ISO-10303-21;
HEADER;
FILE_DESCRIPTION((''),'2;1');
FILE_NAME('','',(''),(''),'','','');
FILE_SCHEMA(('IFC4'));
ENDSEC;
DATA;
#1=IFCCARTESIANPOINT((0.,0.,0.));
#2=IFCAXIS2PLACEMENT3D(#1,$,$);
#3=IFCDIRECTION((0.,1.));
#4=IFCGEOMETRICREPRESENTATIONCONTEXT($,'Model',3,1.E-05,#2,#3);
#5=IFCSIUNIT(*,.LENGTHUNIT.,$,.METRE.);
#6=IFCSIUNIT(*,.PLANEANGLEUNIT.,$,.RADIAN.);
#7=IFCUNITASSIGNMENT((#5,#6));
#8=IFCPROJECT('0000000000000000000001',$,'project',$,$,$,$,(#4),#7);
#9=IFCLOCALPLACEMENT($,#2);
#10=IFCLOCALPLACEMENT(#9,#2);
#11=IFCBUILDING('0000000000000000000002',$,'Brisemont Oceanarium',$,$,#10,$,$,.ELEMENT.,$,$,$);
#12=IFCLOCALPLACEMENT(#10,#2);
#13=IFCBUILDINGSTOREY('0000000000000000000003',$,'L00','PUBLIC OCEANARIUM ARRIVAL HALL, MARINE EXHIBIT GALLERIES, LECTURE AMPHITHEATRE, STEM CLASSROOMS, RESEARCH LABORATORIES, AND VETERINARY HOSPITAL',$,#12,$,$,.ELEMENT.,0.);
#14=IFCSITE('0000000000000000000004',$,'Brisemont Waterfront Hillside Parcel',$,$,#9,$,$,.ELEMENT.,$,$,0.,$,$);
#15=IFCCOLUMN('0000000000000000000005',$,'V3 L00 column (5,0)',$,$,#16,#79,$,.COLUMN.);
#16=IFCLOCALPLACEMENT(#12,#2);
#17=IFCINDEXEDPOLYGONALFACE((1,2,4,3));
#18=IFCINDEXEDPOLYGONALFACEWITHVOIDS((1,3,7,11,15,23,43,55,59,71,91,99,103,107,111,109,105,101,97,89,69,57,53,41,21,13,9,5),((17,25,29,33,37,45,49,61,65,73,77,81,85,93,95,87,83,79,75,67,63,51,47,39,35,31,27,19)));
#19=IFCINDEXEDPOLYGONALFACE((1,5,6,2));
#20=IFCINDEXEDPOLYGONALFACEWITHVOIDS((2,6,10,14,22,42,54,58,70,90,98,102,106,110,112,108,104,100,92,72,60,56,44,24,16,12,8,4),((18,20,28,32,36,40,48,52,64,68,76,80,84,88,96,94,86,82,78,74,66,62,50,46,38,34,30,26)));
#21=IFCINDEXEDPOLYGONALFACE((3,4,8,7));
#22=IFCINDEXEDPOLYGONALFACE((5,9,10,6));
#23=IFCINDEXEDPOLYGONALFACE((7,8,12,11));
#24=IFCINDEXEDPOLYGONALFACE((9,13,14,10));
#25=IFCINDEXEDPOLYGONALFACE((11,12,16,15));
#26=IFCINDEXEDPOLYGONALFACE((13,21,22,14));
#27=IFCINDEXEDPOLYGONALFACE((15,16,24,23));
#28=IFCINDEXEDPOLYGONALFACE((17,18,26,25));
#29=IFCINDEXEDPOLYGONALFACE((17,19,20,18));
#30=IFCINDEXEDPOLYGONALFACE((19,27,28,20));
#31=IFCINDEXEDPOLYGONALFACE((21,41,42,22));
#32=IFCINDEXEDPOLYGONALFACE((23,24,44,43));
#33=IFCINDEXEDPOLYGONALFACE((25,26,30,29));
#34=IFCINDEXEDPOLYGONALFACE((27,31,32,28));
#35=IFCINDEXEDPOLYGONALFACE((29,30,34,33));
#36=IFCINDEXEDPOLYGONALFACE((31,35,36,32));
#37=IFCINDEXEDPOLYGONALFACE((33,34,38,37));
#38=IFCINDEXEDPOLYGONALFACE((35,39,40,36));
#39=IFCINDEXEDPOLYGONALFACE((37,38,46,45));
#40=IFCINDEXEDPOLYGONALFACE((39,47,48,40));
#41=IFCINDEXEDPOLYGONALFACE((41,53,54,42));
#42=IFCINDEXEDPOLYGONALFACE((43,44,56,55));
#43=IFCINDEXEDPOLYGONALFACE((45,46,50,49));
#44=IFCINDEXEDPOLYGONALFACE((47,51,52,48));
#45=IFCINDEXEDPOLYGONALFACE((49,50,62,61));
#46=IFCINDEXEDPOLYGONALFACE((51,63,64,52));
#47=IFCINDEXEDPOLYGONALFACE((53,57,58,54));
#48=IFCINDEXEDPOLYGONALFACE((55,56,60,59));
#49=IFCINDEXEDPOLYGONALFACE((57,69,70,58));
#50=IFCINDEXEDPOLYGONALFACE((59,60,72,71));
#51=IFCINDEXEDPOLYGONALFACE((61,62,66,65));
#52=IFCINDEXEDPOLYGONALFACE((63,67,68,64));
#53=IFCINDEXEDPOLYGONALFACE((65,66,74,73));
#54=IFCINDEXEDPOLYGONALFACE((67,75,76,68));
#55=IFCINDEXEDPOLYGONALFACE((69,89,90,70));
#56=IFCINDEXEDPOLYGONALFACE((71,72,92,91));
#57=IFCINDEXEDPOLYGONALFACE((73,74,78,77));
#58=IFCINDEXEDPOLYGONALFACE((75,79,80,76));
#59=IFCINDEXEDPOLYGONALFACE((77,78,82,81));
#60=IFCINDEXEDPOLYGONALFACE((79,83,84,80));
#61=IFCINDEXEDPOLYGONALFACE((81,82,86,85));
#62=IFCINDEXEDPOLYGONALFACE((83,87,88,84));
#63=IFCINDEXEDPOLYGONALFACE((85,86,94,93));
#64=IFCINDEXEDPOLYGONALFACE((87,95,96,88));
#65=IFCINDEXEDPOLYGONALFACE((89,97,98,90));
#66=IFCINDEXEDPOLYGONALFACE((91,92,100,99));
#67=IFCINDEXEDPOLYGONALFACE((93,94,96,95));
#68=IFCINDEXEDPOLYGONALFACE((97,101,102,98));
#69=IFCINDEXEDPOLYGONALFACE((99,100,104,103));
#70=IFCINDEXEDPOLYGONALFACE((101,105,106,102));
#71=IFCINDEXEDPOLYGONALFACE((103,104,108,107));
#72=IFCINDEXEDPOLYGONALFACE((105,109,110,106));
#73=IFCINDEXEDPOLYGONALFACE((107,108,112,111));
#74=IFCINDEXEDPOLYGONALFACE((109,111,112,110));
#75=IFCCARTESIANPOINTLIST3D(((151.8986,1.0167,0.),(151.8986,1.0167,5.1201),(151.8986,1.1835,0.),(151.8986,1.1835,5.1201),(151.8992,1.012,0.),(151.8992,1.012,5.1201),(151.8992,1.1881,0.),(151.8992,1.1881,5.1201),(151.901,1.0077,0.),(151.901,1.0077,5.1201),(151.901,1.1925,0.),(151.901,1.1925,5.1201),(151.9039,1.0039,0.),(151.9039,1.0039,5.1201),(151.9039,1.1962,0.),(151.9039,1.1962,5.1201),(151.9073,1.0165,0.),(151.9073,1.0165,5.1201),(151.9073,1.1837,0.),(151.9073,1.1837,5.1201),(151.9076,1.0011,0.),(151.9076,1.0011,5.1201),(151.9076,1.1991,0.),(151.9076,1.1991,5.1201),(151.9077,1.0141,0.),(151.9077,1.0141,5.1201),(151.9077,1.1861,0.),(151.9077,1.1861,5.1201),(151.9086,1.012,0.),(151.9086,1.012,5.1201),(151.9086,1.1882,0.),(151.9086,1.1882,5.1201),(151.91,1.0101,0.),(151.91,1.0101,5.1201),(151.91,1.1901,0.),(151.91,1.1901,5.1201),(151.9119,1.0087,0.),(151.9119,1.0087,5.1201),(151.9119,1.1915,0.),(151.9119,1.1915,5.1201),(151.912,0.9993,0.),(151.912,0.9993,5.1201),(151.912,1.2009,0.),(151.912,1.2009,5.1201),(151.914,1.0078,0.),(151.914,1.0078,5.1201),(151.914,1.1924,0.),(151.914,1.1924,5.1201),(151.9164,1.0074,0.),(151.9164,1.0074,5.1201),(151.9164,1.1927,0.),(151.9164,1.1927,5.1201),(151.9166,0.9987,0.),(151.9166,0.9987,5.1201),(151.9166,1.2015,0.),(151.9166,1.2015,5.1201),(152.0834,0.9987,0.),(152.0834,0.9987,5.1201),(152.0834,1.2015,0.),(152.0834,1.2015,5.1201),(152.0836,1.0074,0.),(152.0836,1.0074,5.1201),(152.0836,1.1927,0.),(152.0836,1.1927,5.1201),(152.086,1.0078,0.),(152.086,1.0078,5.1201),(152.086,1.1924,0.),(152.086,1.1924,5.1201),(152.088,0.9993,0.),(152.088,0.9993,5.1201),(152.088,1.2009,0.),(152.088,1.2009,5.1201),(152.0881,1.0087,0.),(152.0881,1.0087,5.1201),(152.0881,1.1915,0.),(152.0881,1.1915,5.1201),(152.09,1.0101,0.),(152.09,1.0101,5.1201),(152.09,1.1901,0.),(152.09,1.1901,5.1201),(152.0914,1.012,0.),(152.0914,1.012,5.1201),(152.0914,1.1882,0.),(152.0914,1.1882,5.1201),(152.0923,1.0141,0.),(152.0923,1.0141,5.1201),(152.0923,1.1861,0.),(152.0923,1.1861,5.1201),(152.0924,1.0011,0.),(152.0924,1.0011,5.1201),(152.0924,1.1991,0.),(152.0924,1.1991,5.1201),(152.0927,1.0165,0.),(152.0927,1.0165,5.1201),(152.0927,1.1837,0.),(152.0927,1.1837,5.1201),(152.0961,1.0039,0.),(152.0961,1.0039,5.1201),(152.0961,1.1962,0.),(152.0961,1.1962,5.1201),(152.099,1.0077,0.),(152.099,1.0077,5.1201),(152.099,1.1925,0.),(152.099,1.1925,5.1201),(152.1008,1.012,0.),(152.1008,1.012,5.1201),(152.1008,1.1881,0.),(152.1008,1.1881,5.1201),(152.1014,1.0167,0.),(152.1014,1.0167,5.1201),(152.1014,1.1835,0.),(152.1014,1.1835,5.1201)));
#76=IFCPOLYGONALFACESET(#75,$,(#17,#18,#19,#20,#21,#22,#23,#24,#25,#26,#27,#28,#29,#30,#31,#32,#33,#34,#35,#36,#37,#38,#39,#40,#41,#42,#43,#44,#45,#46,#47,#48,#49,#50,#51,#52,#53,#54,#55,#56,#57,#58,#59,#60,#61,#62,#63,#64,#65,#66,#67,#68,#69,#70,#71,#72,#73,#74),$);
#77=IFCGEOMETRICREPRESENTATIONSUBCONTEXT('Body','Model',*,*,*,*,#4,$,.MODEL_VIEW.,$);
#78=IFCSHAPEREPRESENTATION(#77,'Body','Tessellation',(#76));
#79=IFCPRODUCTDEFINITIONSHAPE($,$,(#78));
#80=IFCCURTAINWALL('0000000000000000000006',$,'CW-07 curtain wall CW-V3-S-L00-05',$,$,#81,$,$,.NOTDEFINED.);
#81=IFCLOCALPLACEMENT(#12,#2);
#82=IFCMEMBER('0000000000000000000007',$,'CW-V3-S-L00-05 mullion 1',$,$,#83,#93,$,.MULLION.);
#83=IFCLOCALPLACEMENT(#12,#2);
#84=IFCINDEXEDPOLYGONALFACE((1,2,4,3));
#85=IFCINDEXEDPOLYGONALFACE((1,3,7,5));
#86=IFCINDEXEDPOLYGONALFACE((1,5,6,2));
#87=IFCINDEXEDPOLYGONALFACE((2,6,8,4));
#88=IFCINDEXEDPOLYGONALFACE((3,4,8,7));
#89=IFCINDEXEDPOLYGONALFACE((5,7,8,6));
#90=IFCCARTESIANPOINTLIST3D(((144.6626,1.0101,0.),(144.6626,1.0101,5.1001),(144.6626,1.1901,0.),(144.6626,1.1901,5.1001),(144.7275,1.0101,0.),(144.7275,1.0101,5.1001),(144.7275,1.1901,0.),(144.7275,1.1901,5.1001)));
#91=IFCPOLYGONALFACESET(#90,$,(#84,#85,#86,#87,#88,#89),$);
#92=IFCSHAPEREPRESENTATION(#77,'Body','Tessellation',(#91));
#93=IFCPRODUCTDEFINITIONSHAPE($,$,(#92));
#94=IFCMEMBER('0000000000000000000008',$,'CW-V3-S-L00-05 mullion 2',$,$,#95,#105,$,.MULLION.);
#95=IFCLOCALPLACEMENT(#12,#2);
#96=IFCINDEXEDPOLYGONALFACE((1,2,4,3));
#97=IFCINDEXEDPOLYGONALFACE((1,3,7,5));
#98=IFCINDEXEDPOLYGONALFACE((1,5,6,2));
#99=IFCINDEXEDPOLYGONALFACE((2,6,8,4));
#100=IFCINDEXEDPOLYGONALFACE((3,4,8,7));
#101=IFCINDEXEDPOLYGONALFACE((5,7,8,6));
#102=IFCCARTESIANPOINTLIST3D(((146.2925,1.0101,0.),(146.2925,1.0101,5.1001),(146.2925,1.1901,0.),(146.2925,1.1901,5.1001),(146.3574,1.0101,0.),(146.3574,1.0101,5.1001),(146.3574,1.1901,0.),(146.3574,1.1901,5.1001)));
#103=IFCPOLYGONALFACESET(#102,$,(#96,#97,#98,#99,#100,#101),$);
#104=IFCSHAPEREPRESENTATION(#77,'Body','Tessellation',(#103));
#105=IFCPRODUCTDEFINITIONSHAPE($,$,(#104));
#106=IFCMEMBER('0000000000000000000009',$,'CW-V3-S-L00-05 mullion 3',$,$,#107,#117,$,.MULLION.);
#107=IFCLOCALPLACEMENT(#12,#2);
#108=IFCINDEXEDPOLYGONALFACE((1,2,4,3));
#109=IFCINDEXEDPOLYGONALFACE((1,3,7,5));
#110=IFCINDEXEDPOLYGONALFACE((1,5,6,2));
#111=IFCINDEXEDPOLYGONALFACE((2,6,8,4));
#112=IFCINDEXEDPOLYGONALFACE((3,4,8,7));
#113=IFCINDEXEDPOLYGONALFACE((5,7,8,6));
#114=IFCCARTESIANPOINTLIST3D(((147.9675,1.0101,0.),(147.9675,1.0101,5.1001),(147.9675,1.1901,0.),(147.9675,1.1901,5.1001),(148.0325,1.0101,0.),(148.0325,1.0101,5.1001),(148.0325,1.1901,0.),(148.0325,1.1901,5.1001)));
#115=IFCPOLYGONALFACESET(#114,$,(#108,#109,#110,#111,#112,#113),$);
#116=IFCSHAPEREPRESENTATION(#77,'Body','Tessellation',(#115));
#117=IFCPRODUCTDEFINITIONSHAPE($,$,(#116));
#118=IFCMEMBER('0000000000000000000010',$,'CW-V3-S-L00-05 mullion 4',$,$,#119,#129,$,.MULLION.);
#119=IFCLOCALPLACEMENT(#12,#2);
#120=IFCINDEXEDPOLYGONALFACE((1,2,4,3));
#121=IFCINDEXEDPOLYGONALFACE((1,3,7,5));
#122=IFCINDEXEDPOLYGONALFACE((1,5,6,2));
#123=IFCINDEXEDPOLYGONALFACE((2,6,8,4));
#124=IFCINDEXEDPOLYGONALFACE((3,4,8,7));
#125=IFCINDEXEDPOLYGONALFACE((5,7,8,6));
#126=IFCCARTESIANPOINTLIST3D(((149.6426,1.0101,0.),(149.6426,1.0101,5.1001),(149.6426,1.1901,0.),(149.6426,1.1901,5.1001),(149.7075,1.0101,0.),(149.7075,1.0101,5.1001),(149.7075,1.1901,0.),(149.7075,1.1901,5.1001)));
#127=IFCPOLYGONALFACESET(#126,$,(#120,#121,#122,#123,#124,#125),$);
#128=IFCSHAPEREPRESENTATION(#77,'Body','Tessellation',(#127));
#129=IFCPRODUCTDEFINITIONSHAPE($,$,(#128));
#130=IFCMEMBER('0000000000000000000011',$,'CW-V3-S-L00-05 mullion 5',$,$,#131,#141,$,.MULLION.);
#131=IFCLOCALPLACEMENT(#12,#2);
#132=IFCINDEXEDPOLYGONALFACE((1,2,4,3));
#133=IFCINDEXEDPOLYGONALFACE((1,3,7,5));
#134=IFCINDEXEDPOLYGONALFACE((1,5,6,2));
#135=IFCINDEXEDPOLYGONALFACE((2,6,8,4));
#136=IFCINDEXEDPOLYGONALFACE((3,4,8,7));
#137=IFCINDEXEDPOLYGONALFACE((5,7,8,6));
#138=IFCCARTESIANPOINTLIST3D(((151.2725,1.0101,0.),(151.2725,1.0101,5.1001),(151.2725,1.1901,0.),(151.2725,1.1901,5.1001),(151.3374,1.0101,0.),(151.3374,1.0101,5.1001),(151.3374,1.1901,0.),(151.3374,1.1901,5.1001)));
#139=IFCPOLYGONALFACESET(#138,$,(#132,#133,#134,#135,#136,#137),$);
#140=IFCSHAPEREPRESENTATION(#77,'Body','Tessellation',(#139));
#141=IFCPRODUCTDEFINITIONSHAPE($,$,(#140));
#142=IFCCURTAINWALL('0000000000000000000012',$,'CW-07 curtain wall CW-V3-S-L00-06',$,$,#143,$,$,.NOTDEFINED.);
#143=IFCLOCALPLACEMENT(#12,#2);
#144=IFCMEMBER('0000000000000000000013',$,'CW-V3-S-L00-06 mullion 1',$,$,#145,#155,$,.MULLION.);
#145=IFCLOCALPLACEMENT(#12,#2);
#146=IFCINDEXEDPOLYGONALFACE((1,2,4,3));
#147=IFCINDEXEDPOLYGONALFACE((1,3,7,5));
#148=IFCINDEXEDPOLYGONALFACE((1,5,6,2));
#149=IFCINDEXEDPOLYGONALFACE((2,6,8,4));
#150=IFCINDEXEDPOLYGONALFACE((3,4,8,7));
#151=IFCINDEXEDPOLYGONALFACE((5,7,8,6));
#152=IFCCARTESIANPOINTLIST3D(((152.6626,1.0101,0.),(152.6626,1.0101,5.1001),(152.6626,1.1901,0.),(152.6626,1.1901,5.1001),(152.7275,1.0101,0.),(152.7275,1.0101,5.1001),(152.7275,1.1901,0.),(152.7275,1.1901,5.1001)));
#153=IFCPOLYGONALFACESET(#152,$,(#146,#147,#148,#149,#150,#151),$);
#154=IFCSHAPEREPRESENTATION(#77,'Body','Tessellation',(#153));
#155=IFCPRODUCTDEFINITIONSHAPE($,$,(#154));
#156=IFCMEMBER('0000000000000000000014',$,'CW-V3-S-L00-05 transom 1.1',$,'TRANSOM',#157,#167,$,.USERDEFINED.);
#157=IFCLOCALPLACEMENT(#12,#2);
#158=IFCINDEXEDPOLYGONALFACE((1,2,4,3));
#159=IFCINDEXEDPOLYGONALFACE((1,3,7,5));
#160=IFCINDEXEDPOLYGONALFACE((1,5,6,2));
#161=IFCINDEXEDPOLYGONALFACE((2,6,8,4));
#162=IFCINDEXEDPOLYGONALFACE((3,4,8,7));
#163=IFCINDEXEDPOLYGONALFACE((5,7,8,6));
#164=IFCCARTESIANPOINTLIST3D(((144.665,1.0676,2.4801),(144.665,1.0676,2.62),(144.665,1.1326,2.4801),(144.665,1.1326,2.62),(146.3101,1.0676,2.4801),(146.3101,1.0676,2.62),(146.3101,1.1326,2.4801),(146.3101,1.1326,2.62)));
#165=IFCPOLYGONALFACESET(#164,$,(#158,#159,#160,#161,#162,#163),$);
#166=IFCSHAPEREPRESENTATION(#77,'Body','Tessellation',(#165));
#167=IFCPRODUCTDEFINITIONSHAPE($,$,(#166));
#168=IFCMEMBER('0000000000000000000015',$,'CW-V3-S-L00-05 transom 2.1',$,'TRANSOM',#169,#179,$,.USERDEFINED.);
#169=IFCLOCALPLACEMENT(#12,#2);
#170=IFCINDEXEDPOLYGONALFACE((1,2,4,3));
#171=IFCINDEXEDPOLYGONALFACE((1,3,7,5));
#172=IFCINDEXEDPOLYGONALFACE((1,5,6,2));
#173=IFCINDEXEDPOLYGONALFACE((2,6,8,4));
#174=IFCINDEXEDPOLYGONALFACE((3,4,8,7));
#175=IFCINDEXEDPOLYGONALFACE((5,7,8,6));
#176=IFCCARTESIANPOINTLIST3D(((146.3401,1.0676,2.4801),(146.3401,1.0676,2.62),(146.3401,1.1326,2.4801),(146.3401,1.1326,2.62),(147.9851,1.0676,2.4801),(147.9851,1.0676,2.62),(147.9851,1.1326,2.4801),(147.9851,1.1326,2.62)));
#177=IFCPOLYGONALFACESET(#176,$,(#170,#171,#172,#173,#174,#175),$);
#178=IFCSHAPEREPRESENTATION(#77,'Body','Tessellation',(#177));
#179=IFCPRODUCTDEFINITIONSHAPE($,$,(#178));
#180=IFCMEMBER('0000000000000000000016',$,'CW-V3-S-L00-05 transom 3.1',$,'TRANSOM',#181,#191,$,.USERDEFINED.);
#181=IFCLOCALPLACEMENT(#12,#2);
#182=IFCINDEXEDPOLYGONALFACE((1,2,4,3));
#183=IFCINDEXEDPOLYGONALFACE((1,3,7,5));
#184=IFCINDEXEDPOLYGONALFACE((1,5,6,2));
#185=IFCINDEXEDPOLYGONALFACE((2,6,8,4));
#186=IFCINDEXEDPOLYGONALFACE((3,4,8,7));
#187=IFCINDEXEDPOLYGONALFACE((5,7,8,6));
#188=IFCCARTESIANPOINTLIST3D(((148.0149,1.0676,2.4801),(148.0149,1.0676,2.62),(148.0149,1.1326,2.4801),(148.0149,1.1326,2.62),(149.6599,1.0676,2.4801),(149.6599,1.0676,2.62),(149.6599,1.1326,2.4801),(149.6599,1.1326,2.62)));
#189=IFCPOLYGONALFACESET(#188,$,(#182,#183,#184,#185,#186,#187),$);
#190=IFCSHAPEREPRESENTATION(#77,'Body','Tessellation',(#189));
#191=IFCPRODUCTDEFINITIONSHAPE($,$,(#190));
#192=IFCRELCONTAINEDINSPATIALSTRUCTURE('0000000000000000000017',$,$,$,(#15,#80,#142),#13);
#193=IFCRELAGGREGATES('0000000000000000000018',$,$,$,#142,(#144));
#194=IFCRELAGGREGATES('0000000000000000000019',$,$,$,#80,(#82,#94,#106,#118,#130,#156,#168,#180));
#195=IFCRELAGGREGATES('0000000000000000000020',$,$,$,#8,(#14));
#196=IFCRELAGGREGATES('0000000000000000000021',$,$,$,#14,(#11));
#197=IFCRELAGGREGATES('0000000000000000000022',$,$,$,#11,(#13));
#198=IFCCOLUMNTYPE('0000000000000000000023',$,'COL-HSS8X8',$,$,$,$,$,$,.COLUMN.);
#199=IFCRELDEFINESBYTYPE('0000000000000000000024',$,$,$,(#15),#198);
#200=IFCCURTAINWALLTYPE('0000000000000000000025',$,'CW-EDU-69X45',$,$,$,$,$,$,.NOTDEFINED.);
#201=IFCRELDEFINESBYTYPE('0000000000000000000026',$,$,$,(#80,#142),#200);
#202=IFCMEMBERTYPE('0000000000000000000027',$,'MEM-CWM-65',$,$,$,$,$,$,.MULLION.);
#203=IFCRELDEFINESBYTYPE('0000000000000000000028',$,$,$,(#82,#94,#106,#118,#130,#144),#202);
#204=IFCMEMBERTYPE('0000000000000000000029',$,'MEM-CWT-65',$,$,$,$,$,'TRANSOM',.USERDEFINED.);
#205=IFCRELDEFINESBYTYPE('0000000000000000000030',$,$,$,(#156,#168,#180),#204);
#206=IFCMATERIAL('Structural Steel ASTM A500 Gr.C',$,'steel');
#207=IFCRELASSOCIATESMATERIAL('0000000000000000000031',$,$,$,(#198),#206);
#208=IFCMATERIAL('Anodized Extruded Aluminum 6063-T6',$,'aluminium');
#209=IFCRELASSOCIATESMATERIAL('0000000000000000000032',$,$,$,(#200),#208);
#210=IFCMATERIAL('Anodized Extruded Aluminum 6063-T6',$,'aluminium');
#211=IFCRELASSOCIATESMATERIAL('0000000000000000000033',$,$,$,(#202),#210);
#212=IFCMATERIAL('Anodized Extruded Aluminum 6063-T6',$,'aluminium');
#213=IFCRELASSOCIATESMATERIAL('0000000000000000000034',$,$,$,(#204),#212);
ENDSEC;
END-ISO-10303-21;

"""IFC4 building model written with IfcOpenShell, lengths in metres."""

from ifc_helpers import new_model, si_unit, direction, frame, origin, origin_2d, place, context, subcontext, project, spatial, rectangle, hollow_rectangle, extrude, material, material_profile, profile_set, type_object, element, aggregate, save


model = new_model("IFC4")

# Units and contexts
model_context = context("Model", 3, precision=1e-05, world=origin(), true_north=direction((0.0, 1.0)))
body_context = subcontext(model_context, "Body", "Model", "MODEL_VIEW")
ifc_project = project(units=[si_unit("LENGTHUNIT", "METRE"), si_unit("PLANEANGLEUNIT", "RADIAN")], contexts=[model_context])

# Site, building, storey
site_placement = place(None, origin())
site = spatial("IfcSite", under=ifc_project, at=site_placement, Name="Brisemont Waterfront Hillside Parcel", CompositionType="ELEMENT", RefElevation=0.0)
building_placement = place(site_placement, origin())
building = spatial("IfcBuilding", under=site, at=building_placement, Name="Brisemont Oceanarium", CompositionType="ELEMENT")
storey_placement = place(building_placement, origin())
storey = spatial("IfcBuildingStorey", under=building, at=storey_placement, Name="L00", Description="PUBLIC OCEANARIUM ARRIVAL HALL, MARINE EXHIBIT GALLERIES, LECTURE AMPHITHEATRE, STEM CLASSROOMS, RESEARCH LABORATORIES, AND VETERINARY HOSPITAL", CompositionType="ELEMENT", Elevation=0.0)

# Column
ifc_material_1 = material(Name="Structural Steel ASTM A500 Gr.C", Category="steel")
ifc_material_profile_1 = material_profile(ifc_material_1, hollow_rectangle(XDim=0.2029, YDim=0.2029, WallThickness=0.0088, InnerFilletRadius=0.009, OuterFilletRadius=0.0181, at=origin_2d()), Name="HSS8X8X3/8")
ifc_profile_set_1 = profile_set([ifc_material_profile_1], Name="Structural Steel ASTM A500 Gr.C")
column_type_1 = type_object("IfcColumnType", Name="COL-HSS8X8", PredefinedType="COLUMN", material=ifc_profile_set_1)
column_1_placement = place(storey_placement, frame((152.0, 1.1001, 0.0), z_axis=(0.0, 0.0, 1.0), x_axis=(0.0, 1.0, 0.0)))
element("IfcColumn", 1, at=column_1_placement, inside=storey, type_object=column_type_1, Name="V3 L00 column (5,0)", PredefinedType="COLUMN", context=body_context, shape_type="SweptSolid", body=[
    extrude(hollow_rectangle(XDim=0.2029, YDim=0.2029, WallThickness=0.0088, InnerFilletRadius=0.009, OuterFilletRadius=0.0181, at=origin_2d()), origin(), (0.0, 0.0, 1.0), 5.1201),
])

# Curtain wall, members
ifc_material_2 = material(Name="Anodized Extruded Aluminum 6063-T6", Category="aluminium")
curtain_wall_type = type_object("IfcCurtainWallType", Name="CW-EDU-69X45", PredefinedType="NOTDEFINED", material=ifc_material_2)
curtain_wall_1_placement = place(storey_placement, origin())
curtain_wall_1 = element("IfcCurtainWall", 2, at=curtain_wall_1_placement, inside=storey, type_object=curtain_wall_type, Name="CW-07 curtain wall CW-V3-S-L00-05", PredefinedType="NOTDEFINED")
ifc_material_3 = material(Name="Anodized Extruded Aluminum 6063-T6", Category="aluminium")
ifc_material_profile_2 = material_profile(ifc_material_3, rectangle(XDim=0.0649, YDim=0.1799, at=origin_2d()), Name="CWM-65X180")
ifc_profile_set_2 = profile_set([ifc_material_profile_2], Name="Anodized Extruded Aluminum 6063-T6")
member_type_1 = type_object("IfcMemberType", Name="MEM-CWM-65", PredefinedType="MULLION", material=ifc_profile_set_2)
member_1_placement = place(storey_placement, frame((144.6951, 1.1001, 0.0), z_axis=(0.0, 0.0, 1.0), x_axis=(1.0, 0.0, 0.0)))
member_1 = element("IfcMember", 3, at=member_1_placement, type_object=member_type_1, Name="CW-V3-S-L00-05 mullion 1", PredefinedType="MULLION", context=body_context, shape_type="SweptSolid", body=[
    extrude(rectangle(XDim=0.0649, YDim=0.1799, at=origin_2d()), origin(), (0.0, 0.0, 1.0), 5.1001),
])
member_2_placement = place(storey_placement, frame((146.325, 1.1001, 0.0), z_axis=(0.0, 0.0, 1.0), x_axis=(1.0, 0.0, 0.0)))
member_2 = element("IfcMember", 4, at=member_2_placement, type_object=member_type_1, Name="CW-V3-S-L00-05 mullion 2", PredefinedType="MULLION", context=body_context, shape_type="SweptSolid", body=[
    extrude(rectangle(XDim=0.0649, YDim=0.1799, at=origin_2d()), origin(), (0.0, 0.0, 1.0), 5.1001),
])
member_3_placement = place(storey_placement, frame((148.0, 1.1001, 0.0), z_axis=(0.0, 0.0, 1.0), x_axis=(1.0, 0.0, 0.0)))
member_3 = element("IfcMember", 5, at=member_3_placement, type_object=member_type_1, Name="CW-V3-S-L00-05 mullion 3", PredefinedType="MULLION", context=body_context, shape_type="SweptSolid", body=[
    extrude(rectangle(XDim=0.0649, YDim=0.1799, at=origin_2d()), origin(), (0.0, 0.0, 1.0), 5.1001),
])
member_4_placement = place(storey_placement, frame((149.675, 1.1001, 0.0), z_axis=(0.0, 0.0, 1.0), x_axis=(1.0, 0.0, 0.0)))
member_4 = element("IfcMember", 6, at=member_4_placement, type_object=member_type_1, Name="CW-V3-S-L00-05 mullion 4", PredefinedType="MULLION", context=body_context, shape_type="SweptSolid", body=[
    extrude(rectangle(XDim=0.0649, YDim=0.1799, at=origin_2d()), origin(), (0.0, 0.0, 1.0), 5.1001),
])
member_5_placement = place(storey_placement, frame((151.3049, 1.1001, 0.0), z_axis=(0.0, 0.0, 1.0), x_axis=(1.0, 0.0, 0.0)))
member_5 = element("IfcMember", 7, at=member_5_placement, type_object=member_type_1, Name="CW-V3-S-L00-05 mullion 5", PredefinedType="MULLION", context=body_context, shape_type="SweptSolid", body=[
    extrude(rectangle(XDim=0.0649, YDim=0.1799, at=origin_2d()), origin(), (0.0, 0.0, 1.0), 5.1001),
])

# Curtain wall, member
curtain_wall_2_placement = place(storey_placement, origin())
curtain_wall_2 = element("IfcCurtainWall", 8, at=curtain_wall_2_placement, inside=storey, type_object=curtain_wall_type, Name="CW-07 curtain wall CW-V3-S-L00-06", PredefinedType="NOTDEFINED")
member_6_placement = place(storey_placement, frame((152.6951, 1.1001, 0.0), z_axis=(0.0, 0.0, 1.0), x_axis=(1.0, 0.0, 0.0)))
member_6 = element("IfcMember", 9, at=member_6_placement, type_object=member_type_1, Name="CW-V3-S-L00-06 mullion 1", PredefinedType="MULLION", context=body_context, shape_type="SweptSolid", body=[
    extrude(rectangle(XDim=0.0649, YDim=0.1799, at=origin_2d()), origin(), (0.0, 0.0, 1.0), 5.1001),
])

# Members
ifc_material_4 = material(Name="Anodized Extruded Aluminum 6063-T6", Category="aluminium")
ifc_material_profile_3 = material_profile(ifc_material_4, rectangle(XDim=0.0649, YDim=0.1399, at=origin_2d()), Name="CWT-65X140")
ifc_profile_set_3 = profile_set([ifc_material_profile_3], Name="Anodized Extruded Aluminum 6063-T6")
member_type_2 = type_object("IfcMemberType", Name="MEM-CWT-65", ElementType="TRANSOM", PredefinedType="USERDEFINED", material=ifc_profile_set_3)
member_7_placement = place(storey_placement, frame((144.665, 1.1001, 2.55), z_axis=(1.0, 0.0, 0.0), x_axis=(0.0, 1.0, 0.0)))
member_7 = element("IfcMember", 10, at=member_7_placement, type_object=member_type_2, Name="CW-V3-S-L00-05 transom 1.1", ObjectType="TRANSOM", PredefinedType="USERDEFINED", context=body_context, shape_type="SweptSolid", body=[
    extrude(rectangle(XDim=0.0649, YDim=0.1399, at=origin_2d()), origin(), (0.0, 0.0, 1.0), 1.645),
])
member_8_placement = place(storey_placement, frame((146.3401, 1.1001, 2.55), z_axis=(1.0, 0.0, 0.0), x_axis=(0.0, 1.0, 0.0)))
member_8 = element("IfcMember", 11, at=member_8_placement, type_object=member_type_2, Name="CW-V3-S-L00-05 transom 2.1", ObjectType="TRANSOM", PredefinedType="USERDEFINED", context=body_context, shape_type="SweptSolid", body=[
    extrude(rectangle(XDim=0.0649, YDim=0.1399, at=origin_2d()), origin(), (0.0, 0.0, 1.0), 1.645),
])
member_9_placement = place(storey_placement, frame((148.0149, 1.1001, 2.55), z_axis=(1.0, 0.0, 0.0), x_axis=(0.0, 1.0, 0.0)))
member_9 = element("IfcMember", 12, at=member_9_placement, type_object=member_type_2, Name="CW-V3-S-L00-05 transom 3.1", ObjectType="TRANSOM", PredefinedType="USERDEFINED", context=body_context, shape_type="SweptSolid", body=[
    extrude(rectangle(XDim=0.0649, YDim=0.1399, at=origin_2d()), origin(), (0.0, 0.0, 1.0), 1.645),
])
aggregate(curtain_wall_2, [member_6])

aggregate(curtain_wall_1, [member_1, member_2, member_3, member_4, member_5, member_7, member_8, member_9])

save(model, "model.ifc")
